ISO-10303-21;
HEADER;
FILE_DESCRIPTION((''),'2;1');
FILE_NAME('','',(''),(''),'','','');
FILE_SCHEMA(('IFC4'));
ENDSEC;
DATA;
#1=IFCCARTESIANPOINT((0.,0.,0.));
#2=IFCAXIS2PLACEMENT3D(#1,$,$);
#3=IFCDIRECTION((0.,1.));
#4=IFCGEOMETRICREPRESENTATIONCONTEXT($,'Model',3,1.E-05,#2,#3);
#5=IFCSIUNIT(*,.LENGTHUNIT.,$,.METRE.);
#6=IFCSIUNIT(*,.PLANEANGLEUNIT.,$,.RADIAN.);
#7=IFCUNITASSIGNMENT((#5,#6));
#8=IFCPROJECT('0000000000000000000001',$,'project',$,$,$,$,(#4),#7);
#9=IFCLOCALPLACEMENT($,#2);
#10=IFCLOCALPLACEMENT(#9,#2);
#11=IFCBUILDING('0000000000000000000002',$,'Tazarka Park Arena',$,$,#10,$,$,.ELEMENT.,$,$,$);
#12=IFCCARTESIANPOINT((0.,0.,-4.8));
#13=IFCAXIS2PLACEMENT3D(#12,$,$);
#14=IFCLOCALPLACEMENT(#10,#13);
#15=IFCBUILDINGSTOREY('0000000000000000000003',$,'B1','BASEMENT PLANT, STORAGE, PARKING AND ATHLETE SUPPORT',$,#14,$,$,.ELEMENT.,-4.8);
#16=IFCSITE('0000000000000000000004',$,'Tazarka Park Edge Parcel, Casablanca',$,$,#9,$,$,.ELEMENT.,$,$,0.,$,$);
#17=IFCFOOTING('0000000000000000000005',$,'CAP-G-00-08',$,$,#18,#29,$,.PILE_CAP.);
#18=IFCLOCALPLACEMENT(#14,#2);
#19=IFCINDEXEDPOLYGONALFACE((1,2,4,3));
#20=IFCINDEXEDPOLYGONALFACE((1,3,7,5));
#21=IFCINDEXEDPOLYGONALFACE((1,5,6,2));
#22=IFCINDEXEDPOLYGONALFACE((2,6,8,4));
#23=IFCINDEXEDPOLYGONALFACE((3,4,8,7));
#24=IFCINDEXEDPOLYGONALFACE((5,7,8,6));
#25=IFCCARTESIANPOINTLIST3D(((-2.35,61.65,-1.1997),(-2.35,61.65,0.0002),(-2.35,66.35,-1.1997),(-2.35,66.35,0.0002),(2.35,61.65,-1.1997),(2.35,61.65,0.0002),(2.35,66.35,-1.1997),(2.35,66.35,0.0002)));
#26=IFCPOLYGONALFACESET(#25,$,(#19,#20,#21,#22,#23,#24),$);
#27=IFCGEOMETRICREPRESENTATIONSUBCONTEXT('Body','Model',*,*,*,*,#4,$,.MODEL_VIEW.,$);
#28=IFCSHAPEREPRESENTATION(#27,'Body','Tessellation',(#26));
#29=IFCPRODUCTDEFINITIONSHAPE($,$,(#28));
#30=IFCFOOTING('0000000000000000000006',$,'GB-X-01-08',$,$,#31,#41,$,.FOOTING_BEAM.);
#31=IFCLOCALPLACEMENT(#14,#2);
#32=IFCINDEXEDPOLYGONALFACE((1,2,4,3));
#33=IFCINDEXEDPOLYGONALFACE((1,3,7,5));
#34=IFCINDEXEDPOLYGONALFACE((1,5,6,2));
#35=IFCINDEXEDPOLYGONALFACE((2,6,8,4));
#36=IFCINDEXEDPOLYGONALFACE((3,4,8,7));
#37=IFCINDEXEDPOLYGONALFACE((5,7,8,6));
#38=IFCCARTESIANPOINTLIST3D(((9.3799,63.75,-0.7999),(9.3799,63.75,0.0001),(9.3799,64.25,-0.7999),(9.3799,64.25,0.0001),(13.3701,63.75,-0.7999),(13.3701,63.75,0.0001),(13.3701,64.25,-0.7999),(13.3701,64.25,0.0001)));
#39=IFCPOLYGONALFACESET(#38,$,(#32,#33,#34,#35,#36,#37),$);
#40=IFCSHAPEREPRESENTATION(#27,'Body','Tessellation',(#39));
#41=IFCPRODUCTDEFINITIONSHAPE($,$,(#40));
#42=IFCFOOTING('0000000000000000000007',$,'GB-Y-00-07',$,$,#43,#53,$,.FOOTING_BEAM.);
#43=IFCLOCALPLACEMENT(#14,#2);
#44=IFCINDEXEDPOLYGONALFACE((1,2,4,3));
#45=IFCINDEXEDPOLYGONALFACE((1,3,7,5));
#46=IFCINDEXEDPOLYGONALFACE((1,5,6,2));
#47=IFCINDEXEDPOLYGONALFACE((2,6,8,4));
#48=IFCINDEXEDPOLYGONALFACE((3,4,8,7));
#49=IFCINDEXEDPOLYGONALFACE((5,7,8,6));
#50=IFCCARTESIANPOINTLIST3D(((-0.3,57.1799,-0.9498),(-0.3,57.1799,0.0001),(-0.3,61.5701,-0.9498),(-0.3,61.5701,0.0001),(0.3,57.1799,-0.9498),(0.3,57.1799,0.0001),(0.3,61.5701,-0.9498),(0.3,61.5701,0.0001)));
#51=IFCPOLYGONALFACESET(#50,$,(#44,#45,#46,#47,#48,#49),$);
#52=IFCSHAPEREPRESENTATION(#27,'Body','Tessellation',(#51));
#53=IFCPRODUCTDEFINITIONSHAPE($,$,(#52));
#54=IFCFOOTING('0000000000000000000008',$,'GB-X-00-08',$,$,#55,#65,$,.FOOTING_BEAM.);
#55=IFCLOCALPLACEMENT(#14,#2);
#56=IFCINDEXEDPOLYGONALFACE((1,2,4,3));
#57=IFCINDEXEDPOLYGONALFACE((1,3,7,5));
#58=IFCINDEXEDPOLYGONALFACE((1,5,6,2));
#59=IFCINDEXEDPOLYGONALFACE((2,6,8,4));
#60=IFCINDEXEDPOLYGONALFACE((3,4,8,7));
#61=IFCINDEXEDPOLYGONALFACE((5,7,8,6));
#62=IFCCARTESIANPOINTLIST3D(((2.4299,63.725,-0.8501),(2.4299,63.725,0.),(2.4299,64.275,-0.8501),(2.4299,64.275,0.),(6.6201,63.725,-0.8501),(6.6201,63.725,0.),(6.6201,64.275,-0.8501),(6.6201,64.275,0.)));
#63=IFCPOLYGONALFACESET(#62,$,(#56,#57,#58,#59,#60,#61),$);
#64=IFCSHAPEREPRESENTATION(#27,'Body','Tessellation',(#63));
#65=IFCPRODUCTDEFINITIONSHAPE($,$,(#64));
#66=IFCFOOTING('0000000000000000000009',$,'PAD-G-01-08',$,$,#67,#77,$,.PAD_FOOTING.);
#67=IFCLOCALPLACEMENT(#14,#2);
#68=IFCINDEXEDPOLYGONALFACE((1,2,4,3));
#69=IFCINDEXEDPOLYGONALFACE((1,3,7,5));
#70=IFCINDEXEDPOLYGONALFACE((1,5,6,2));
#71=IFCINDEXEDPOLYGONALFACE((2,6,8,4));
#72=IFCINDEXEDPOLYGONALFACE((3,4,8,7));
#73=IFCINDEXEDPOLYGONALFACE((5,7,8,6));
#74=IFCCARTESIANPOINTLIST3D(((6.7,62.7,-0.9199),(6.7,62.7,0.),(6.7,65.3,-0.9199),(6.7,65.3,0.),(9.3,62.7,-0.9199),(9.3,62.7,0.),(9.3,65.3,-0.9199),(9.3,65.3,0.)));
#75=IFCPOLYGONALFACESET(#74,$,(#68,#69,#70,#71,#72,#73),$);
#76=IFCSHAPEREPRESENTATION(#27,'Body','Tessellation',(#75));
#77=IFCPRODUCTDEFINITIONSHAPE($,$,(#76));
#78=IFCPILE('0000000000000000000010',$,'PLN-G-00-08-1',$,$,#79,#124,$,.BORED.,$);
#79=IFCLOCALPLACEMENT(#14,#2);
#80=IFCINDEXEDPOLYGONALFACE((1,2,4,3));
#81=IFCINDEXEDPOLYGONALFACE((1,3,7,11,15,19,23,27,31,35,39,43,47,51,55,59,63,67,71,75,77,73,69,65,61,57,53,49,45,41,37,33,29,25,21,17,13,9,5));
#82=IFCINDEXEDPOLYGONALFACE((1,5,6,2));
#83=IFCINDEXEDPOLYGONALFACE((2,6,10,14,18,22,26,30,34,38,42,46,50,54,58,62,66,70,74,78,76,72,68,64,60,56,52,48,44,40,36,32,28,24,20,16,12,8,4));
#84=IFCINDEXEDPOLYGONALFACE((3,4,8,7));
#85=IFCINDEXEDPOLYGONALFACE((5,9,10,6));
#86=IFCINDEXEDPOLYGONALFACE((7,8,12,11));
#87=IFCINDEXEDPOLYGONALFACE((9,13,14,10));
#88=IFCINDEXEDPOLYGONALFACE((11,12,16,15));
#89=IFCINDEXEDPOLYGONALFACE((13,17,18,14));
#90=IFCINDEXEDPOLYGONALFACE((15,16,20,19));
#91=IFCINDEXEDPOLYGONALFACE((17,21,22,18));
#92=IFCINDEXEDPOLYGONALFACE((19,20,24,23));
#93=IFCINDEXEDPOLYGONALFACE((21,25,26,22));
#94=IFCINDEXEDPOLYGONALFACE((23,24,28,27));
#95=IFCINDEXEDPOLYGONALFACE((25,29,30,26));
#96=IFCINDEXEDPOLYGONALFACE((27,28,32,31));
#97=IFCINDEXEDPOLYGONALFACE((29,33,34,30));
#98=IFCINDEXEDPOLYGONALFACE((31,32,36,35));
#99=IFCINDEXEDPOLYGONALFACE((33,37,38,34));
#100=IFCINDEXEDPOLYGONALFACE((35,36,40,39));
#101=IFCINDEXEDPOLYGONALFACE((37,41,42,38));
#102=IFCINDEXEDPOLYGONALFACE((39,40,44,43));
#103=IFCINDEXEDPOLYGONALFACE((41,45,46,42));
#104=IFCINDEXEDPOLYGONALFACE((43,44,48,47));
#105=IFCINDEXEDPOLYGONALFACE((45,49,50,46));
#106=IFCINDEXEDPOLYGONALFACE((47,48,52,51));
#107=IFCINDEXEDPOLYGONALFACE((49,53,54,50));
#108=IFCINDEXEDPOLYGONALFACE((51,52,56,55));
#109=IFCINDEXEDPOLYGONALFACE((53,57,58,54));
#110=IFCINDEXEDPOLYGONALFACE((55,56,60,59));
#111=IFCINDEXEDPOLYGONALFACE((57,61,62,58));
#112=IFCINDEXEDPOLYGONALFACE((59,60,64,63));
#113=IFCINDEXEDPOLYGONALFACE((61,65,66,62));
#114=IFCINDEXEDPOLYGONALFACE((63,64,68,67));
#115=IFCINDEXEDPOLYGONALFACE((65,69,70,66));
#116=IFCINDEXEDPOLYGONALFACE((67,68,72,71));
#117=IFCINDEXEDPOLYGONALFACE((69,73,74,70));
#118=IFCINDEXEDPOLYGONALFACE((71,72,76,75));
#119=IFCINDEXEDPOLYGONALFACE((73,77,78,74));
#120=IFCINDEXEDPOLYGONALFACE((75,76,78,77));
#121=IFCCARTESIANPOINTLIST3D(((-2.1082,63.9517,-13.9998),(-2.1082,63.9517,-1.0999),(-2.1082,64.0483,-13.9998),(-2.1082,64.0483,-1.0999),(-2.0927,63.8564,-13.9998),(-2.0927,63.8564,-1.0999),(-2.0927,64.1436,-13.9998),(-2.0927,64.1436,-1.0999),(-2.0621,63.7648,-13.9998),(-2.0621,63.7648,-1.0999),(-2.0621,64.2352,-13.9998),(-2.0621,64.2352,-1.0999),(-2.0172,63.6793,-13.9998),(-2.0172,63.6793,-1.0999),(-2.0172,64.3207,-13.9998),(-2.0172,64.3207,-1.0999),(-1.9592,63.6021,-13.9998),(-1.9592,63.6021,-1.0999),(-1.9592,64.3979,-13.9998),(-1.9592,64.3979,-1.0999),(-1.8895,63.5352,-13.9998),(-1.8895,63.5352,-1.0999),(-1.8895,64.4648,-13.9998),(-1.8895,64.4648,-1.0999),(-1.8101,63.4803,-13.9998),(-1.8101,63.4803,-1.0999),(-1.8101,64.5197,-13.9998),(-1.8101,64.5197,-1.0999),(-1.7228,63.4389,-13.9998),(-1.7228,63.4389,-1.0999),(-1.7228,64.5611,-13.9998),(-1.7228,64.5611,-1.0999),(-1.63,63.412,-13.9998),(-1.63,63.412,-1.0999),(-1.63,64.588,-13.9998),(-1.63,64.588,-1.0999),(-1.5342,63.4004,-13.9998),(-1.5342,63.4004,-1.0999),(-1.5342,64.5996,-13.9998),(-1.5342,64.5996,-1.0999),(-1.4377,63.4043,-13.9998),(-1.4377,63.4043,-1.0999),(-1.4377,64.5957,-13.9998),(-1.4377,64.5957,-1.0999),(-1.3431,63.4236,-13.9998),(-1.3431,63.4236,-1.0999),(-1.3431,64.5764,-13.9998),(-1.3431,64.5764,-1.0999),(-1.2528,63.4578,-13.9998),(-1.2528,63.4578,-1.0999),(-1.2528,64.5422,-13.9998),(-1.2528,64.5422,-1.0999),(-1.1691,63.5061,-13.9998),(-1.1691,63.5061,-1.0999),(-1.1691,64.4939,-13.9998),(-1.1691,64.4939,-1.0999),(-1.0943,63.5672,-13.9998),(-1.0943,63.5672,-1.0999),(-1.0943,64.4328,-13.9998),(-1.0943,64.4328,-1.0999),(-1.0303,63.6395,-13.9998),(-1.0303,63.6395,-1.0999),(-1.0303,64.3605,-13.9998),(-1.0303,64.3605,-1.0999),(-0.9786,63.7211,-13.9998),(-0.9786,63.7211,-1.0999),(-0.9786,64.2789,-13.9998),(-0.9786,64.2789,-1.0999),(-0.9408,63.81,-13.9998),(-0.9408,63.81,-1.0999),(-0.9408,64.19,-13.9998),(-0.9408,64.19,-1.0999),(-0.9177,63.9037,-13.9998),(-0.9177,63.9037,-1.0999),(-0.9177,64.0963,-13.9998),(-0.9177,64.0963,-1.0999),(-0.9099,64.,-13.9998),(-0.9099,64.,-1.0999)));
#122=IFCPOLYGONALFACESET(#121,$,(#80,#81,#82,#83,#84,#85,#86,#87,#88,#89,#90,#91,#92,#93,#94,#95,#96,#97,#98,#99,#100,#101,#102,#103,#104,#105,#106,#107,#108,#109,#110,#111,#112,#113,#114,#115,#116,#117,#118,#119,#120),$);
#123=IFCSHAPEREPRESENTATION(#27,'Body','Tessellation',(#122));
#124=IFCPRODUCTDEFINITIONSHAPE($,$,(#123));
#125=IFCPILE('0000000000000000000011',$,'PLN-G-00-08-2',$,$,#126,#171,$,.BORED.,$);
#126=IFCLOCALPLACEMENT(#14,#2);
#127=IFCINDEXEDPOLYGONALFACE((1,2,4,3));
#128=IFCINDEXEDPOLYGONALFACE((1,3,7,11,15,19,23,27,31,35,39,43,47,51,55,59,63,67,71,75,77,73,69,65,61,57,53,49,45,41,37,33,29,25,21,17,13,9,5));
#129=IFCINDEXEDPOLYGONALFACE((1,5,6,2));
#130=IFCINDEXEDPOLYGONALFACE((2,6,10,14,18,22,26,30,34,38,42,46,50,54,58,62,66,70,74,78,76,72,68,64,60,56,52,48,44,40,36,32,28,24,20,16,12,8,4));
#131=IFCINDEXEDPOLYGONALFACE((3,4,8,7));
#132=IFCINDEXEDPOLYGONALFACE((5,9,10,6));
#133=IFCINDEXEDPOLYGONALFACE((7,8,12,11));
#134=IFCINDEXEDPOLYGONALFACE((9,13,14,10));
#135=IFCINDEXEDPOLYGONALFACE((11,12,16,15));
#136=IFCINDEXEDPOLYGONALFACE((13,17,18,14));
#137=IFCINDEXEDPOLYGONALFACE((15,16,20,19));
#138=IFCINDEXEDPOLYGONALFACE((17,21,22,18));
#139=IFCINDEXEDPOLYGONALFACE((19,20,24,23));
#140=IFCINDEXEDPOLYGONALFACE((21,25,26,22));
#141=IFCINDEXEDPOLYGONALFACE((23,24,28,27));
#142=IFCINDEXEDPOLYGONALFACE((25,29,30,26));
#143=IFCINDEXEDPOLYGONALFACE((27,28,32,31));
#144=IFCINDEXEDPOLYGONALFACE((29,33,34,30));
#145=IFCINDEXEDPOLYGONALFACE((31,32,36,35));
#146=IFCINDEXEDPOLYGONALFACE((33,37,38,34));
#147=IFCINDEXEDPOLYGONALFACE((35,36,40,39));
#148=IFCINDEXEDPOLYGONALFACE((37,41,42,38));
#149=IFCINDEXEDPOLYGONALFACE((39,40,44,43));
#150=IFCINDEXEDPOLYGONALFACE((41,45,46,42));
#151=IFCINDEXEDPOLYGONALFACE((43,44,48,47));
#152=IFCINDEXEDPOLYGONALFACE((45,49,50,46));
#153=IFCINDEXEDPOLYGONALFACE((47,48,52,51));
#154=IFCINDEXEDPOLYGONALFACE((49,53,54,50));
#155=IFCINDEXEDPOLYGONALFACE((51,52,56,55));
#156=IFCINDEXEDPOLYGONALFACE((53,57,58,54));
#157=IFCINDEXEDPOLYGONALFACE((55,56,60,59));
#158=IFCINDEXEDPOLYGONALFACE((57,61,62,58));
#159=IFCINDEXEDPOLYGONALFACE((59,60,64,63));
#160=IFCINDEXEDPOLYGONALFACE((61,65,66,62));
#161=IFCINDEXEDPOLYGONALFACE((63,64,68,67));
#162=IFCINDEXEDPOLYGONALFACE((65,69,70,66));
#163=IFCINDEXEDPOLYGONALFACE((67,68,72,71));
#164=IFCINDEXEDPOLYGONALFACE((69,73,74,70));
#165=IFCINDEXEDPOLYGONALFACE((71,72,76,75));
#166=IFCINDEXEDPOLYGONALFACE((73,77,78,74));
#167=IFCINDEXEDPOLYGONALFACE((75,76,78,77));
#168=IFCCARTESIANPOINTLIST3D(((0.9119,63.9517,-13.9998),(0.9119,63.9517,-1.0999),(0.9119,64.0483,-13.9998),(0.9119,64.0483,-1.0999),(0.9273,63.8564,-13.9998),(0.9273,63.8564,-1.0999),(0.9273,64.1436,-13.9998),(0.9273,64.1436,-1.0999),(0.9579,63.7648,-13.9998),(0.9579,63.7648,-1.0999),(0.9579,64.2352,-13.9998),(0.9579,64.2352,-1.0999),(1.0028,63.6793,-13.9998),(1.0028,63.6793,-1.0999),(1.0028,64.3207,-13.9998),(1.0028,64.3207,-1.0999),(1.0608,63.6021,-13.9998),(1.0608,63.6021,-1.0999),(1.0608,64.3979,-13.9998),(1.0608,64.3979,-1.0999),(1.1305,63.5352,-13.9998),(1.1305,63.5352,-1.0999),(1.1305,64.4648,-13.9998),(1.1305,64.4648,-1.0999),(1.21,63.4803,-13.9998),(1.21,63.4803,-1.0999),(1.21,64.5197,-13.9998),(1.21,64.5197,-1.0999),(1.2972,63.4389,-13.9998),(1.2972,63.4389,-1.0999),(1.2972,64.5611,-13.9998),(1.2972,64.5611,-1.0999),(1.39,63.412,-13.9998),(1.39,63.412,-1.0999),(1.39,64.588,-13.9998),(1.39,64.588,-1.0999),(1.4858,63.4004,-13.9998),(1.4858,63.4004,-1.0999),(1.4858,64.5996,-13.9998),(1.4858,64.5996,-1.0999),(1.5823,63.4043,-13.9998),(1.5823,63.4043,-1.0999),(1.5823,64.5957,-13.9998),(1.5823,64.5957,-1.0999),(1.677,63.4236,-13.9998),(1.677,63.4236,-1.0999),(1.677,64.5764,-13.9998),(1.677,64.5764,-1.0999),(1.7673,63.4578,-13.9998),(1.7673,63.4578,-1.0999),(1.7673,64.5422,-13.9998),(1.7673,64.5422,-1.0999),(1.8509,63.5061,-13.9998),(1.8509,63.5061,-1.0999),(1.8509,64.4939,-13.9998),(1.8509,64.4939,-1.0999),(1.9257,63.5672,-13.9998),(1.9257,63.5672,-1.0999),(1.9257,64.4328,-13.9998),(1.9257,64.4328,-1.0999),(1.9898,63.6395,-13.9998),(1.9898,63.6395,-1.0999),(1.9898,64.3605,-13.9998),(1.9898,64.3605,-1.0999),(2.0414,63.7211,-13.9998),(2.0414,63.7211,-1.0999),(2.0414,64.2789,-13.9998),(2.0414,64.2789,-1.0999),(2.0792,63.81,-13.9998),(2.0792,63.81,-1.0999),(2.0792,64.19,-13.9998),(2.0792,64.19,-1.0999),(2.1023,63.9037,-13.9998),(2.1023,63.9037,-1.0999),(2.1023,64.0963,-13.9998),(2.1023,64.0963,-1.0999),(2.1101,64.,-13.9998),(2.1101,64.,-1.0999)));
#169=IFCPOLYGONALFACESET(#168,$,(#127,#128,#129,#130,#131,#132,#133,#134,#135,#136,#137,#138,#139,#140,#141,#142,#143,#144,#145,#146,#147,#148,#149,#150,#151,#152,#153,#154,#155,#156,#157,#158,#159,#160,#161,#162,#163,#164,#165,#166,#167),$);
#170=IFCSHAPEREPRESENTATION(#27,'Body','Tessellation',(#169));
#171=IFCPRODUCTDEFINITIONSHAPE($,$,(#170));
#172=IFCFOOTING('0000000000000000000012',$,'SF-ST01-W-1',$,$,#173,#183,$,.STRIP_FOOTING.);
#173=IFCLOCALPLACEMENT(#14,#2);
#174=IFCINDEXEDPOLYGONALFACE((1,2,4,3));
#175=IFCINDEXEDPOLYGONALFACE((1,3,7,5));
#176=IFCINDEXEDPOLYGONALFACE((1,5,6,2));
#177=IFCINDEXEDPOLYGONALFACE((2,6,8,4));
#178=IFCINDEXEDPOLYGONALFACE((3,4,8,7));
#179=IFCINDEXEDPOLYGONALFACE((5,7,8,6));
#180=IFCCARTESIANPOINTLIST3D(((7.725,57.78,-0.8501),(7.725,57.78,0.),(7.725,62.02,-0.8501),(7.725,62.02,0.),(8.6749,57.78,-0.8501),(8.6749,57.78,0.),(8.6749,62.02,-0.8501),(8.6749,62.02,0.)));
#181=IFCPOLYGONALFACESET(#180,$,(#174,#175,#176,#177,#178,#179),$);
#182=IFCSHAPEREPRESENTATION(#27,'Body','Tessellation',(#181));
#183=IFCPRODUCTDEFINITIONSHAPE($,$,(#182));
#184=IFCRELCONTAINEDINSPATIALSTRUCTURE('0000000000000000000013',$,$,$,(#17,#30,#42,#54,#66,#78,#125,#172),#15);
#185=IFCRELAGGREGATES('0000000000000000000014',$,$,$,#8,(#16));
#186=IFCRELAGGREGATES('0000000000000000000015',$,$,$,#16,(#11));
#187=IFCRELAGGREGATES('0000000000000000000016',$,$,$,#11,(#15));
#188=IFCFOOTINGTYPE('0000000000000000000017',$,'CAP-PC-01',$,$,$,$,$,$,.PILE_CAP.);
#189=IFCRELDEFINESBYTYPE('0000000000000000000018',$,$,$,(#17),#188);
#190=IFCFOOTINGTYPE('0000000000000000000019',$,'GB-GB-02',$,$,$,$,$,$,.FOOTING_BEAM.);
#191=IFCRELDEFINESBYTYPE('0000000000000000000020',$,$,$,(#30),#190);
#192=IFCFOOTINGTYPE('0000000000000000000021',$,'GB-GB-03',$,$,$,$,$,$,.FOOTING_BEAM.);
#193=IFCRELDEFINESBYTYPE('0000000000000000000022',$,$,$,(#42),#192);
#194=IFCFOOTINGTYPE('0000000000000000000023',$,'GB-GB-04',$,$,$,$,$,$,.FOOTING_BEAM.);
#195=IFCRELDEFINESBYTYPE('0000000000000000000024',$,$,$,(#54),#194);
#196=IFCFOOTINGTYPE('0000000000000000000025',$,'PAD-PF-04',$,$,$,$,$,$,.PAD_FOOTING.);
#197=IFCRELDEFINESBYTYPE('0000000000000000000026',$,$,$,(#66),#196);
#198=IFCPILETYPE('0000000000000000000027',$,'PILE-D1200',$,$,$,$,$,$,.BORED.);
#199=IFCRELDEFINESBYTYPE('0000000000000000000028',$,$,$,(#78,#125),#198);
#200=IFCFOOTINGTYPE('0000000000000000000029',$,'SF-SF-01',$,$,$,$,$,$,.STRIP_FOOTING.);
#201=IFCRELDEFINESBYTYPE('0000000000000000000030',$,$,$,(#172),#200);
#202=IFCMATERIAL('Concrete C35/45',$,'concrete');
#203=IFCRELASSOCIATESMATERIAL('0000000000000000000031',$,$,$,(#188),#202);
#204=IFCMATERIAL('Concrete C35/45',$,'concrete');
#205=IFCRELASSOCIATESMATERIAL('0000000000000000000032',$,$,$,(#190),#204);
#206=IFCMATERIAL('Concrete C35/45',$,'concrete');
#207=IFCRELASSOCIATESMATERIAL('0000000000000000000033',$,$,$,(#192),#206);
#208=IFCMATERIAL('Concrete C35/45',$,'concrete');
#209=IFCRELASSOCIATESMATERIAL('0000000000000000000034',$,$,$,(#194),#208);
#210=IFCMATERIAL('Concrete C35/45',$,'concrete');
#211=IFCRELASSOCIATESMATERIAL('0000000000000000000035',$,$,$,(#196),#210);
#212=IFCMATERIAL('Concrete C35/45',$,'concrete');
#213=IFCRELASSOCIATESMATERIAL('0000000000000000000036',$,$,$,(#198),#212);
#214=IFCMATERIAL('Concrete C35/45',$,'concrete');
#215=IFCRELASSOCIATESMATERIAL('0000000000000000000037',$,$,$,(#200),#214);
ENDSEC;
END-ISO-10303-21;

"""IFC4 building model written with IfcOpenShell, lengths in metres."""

from ifc_helpers import new_model, si_unit, direction, frame, origin, origin_2d, place, context, subcontext, project, spatial, rectangle, circle, extrude, material, material_profile, profile_set, type_object, element, save


model = new_model("IFC4")

# Units and contexts
model_context = context("Model", 3, precision=1e-05, world=origin(), true_north=direction((0.0, 1.0)))
body_context = subcontext(model_context, "Body", "Model", "MODEL_VIEW")
ifc_project = project(units=[si_unit("LENGTHUNIT", "METRE"), si_unit("PLANEANGLEUNIT", "RADIAN")], contexts=[model_context])

# Site, building, storey
site_placement = place(None, origin())
site = spatial("IfcSite", under=ifc_project, at=site_placement, Name="Tazarka Park Edge Parcel, Casablanca", CompositionType="ELEMENT", RefElevation=0.0)
building_placement = place(site_placement, origin())
building = spatial("IfcBuilding", under=site, at=building_placement, Name="Tazarka Park Arena", CompositionType="ELEMENT")
storey_placement = place(building_placement, frame((0.0, 0.0, -4.8)))
storey = spatial("IfcBuildingStorey", under=building, at=storey_placement, Name="B1", Description="BASEMENT PLANT, STORAGE, PARKING AND ATHLETE SUPPORT", CompositionType="ELEMENT", Elevation=-4.8)

# Footings
ifc_material_1 = material(Name="Concrete C35/45", Category="concrete")
footing_type_1 = type_object("IfcFootingType", Name="CAP-PC-01", PredefinedType="PILE_CAP", material=ifc_material_1)
footing_1_placement = place(storey_placement, frame((0.0, 64.0, -1.1997), z_axis=(0.0, 0.0, 1.0), x_axis=(1.0, 0.0, 0.0)))
element("IfcFooting", 1, at=footing_1_placement, inside=storey, type_object=footing_type_1, Name="CAP-G-00-08", PredefinedType="PILE_CAP", context=body_context, shape_type="SweptSolid", body=[
    extrude(rectangle(XDim=4.7, YDim=4.7, at=origin_2d()), origin(), (0.0, 0.0, 1.0), 1.2),
])
ifc_material_2 = material(Name="Concrete C35/45", Category="concrete")
ifc_material_profile_1 = material_profile(ifc_material_2, rectangle(XDim=0.5, YDim=0.8, at=origin_2d()), Name="Concrete C35/45")
ifc_profile_set_1 = profile_set([ifc_material_profile_1], Name="Concrete C35/45")
footing_type_2 = type_object("IfcFootingType", Name="GB-GB-02", PredefinedType="FOOTING_BEAM", material=ifc_profile_set_1)
footing_2_placement = place(storey_placement, frame((9.3799, 64.0, -0.3999), z_axis=(1.0, 0.0, 0.0), x_axis=(0.0, 1.0, 0.0)))
element("IfcFooting", 2, at=footing_2_placement, inside=storey, type_object=footing_type_2, Name="GB-X-01-08", PredefinedType="FOOTING_BEAM", context=body_context, shape_type="SweptSolid", body=[
    extrude(rectangle(XDim=0.5, YDim=0.8, at=origin_2d()), origin(), (0.0, 0.0, 1.0), 3.9902),
])
ifc_material_3 = material(Name="Concrete C35/45", Category="concrete")
ifc_material_profile_2 = material_profile(ifc_material_3, rectangle(XDim=0.6001, YDim=0.95, at=origin_2d()), Name="Concrete C35/45")
ifc_profile_set_2 = profile_set([ifc_material_profile_2], Name="Concrete C35/45")
footing_type_3 = type_object("IfcFootingType", Name="GB-GB-03", PredefinedType="FOOTING_BEAM", material=ifc_profile_set_2)
footing_3_placement = place(storey_placement, frame((0.0, 57.1799, -0.4749), z_axis=(0.0, 1.0, 0.0), x_axis=(-1.0, 0.0, 0.0)))
element("IfcFooting", 3, at=footing_3_placement, inside=storey, type_object=footing_type_3, Name="GB-Y-00-07", PredefinedType="FOOTING_BEAM", context=body_context, shape_type="SweptSolid", body=[
    extrude(rectangle(XDim=0.6001, YDim=0.95, at=origin_2d()), origin(), (0.0, 0.0, 1.0), 4.3901),
])
ifc_material_4 = material(Name="Concrete C35/45", Category="concrete")
ifc_material_profile_3 = material_profile(ifc_material_4, rectangle(XDim=0.55, YDim=0.8501, at=origin_2d()), Name="Concrete C35/45")
ifc_profile_set_3 = profile_set([ifc_material_profile_3], Name="Concrete C35/45")
footing_type_4 = type_object("IfcFootingType", Name="GB-GB-04", PredefinedType="FOOTING_BEAM", material=ifc_profile_set_3)
footing_4_placement = place(storey_placement, frame((2.4299, 64.0, -0.425), z_axis=(1.0, 0.0, 0.0), x_axis=(0.0, 1.0, 0.0)))
element("IfcFooting", 4, at=footing_4_placement, inside=storey, type_object=footing_type_4, Name="GB-X-00-08", PredefinedType="FOOTING_BEAM", context=body_context, shape_type="SweptSolid", body=[
    extrude(rectangle(XDim=0.55, YDim=0.8501, at=origin_2d()), origin(), (0.0, 0.0, 1.0), 4.1902),
])
ifc_material_5 = material(Name="Concrete C35/45", Category="concrete")
footing_type_5 = type_object("IfcFootingType", Name="PAD-PF-04", PredefinedType="PAD_FOOTING", material=ifc_material_5)
footing_5_placement = place(storey_placement, frame((8.0, 64.0, -0.9199), z_axis=(0.0, 0.0, 1.0), x_axis=(1.0, 0.0, 0.0)))
element("IfcFooting", 5, at=footing_5_placement, inside=storey, type_object=footing_type_5, Name="PAD-G-01-08", PredefinedType="PAD_FOOTING", context=body_context, shape_type="SweptSolid", body=[
    extrude(rectangle(XDim=2.6001, YDim=2.6001, at=origin_2d()), origin(), (0.0, 0.0, 1.0), 0.9199),
])

# Piles
ifc_material_6 = material(Name="Concrete C35/45", Category="concrete")
ifc_material_profile_4 = material_profile(ifc_material_6, circle(Radius=0.6001, at=origin_2d()), Name="Concrete C35/45")
ifc_profile_set_4 = profile_set([ifc_material_profile_4], Name="Concrete C35/45")
pile_type = type_object("IfcPileType", Name="PILE-D1200", PredefinedType="BORED", material=ifc_profile_set_4)
for number, where, z_axis, x_axis, name in (
    (6, (-1.51, 64.0, -1.0999), (0.0, 0.0, -1.0), (1.0, 0.0, 0.0), "PLN-G-00-08-1"),
    (7, (1.51, 64.0, -1.0999), (0.0, 0.0, -1.0), (1.0, 0.0, 0.0), "PLN-G-00-08-2"),
):
    element("IfcPile", number, at=place(storey_placement, frame(where, z_axis=z_axis, x_axis=x_axis)), inside=storey, type_object=pile_type, Name=name, PredefinedType="BORED", context=body_context, shape_type="SweptSolid", body=[
        extrude(circle(Radius=0.6001, at=origin_2d()), origin(), (0.0, 0.0, 1.0), 12.8999),
    ])

# Footing
ifc_material_7 = material(Name="Concrete C35/45", Category="concrete")
ifc_material_profile_5 = material_profile(ifc_material_7, rectangle(XDim=0.95, YDim=0.8501, at=origin_2d()), Name="Concrete C35/45")
ifc_profile_set_5 = profile_set([ifc_material_profile_5], Name="Concrete C35/45")
footing_type_6 = type_object("IfcFootingType", Name="SF-SF-01", PredefinedType="STRIP_FOOTING", material=ifc_profile_set_5)
footing_6_placement = place(storey_placement, frame((8.2, 57.78, -0.425), z_axis=(0.0, 1.0, 0.0), x_axis=(-1.0, 0.0, 0.0)))
element("IfcFooting", 8, at=footing_6_placement, inside=storey, type_object=footing_type_6, Name="SF-ST01-W-1", PredefinedType="STRIP_FOOTING", context=body_context, shape_type="SweptSolid", body=[
    extrude(rectangle(XDim=0.95, YDim=0.8501, at=origin_2d()), origin(), (0.0, 0.0, 1.0), 4.24),
])

save(model, "model.ifc")
